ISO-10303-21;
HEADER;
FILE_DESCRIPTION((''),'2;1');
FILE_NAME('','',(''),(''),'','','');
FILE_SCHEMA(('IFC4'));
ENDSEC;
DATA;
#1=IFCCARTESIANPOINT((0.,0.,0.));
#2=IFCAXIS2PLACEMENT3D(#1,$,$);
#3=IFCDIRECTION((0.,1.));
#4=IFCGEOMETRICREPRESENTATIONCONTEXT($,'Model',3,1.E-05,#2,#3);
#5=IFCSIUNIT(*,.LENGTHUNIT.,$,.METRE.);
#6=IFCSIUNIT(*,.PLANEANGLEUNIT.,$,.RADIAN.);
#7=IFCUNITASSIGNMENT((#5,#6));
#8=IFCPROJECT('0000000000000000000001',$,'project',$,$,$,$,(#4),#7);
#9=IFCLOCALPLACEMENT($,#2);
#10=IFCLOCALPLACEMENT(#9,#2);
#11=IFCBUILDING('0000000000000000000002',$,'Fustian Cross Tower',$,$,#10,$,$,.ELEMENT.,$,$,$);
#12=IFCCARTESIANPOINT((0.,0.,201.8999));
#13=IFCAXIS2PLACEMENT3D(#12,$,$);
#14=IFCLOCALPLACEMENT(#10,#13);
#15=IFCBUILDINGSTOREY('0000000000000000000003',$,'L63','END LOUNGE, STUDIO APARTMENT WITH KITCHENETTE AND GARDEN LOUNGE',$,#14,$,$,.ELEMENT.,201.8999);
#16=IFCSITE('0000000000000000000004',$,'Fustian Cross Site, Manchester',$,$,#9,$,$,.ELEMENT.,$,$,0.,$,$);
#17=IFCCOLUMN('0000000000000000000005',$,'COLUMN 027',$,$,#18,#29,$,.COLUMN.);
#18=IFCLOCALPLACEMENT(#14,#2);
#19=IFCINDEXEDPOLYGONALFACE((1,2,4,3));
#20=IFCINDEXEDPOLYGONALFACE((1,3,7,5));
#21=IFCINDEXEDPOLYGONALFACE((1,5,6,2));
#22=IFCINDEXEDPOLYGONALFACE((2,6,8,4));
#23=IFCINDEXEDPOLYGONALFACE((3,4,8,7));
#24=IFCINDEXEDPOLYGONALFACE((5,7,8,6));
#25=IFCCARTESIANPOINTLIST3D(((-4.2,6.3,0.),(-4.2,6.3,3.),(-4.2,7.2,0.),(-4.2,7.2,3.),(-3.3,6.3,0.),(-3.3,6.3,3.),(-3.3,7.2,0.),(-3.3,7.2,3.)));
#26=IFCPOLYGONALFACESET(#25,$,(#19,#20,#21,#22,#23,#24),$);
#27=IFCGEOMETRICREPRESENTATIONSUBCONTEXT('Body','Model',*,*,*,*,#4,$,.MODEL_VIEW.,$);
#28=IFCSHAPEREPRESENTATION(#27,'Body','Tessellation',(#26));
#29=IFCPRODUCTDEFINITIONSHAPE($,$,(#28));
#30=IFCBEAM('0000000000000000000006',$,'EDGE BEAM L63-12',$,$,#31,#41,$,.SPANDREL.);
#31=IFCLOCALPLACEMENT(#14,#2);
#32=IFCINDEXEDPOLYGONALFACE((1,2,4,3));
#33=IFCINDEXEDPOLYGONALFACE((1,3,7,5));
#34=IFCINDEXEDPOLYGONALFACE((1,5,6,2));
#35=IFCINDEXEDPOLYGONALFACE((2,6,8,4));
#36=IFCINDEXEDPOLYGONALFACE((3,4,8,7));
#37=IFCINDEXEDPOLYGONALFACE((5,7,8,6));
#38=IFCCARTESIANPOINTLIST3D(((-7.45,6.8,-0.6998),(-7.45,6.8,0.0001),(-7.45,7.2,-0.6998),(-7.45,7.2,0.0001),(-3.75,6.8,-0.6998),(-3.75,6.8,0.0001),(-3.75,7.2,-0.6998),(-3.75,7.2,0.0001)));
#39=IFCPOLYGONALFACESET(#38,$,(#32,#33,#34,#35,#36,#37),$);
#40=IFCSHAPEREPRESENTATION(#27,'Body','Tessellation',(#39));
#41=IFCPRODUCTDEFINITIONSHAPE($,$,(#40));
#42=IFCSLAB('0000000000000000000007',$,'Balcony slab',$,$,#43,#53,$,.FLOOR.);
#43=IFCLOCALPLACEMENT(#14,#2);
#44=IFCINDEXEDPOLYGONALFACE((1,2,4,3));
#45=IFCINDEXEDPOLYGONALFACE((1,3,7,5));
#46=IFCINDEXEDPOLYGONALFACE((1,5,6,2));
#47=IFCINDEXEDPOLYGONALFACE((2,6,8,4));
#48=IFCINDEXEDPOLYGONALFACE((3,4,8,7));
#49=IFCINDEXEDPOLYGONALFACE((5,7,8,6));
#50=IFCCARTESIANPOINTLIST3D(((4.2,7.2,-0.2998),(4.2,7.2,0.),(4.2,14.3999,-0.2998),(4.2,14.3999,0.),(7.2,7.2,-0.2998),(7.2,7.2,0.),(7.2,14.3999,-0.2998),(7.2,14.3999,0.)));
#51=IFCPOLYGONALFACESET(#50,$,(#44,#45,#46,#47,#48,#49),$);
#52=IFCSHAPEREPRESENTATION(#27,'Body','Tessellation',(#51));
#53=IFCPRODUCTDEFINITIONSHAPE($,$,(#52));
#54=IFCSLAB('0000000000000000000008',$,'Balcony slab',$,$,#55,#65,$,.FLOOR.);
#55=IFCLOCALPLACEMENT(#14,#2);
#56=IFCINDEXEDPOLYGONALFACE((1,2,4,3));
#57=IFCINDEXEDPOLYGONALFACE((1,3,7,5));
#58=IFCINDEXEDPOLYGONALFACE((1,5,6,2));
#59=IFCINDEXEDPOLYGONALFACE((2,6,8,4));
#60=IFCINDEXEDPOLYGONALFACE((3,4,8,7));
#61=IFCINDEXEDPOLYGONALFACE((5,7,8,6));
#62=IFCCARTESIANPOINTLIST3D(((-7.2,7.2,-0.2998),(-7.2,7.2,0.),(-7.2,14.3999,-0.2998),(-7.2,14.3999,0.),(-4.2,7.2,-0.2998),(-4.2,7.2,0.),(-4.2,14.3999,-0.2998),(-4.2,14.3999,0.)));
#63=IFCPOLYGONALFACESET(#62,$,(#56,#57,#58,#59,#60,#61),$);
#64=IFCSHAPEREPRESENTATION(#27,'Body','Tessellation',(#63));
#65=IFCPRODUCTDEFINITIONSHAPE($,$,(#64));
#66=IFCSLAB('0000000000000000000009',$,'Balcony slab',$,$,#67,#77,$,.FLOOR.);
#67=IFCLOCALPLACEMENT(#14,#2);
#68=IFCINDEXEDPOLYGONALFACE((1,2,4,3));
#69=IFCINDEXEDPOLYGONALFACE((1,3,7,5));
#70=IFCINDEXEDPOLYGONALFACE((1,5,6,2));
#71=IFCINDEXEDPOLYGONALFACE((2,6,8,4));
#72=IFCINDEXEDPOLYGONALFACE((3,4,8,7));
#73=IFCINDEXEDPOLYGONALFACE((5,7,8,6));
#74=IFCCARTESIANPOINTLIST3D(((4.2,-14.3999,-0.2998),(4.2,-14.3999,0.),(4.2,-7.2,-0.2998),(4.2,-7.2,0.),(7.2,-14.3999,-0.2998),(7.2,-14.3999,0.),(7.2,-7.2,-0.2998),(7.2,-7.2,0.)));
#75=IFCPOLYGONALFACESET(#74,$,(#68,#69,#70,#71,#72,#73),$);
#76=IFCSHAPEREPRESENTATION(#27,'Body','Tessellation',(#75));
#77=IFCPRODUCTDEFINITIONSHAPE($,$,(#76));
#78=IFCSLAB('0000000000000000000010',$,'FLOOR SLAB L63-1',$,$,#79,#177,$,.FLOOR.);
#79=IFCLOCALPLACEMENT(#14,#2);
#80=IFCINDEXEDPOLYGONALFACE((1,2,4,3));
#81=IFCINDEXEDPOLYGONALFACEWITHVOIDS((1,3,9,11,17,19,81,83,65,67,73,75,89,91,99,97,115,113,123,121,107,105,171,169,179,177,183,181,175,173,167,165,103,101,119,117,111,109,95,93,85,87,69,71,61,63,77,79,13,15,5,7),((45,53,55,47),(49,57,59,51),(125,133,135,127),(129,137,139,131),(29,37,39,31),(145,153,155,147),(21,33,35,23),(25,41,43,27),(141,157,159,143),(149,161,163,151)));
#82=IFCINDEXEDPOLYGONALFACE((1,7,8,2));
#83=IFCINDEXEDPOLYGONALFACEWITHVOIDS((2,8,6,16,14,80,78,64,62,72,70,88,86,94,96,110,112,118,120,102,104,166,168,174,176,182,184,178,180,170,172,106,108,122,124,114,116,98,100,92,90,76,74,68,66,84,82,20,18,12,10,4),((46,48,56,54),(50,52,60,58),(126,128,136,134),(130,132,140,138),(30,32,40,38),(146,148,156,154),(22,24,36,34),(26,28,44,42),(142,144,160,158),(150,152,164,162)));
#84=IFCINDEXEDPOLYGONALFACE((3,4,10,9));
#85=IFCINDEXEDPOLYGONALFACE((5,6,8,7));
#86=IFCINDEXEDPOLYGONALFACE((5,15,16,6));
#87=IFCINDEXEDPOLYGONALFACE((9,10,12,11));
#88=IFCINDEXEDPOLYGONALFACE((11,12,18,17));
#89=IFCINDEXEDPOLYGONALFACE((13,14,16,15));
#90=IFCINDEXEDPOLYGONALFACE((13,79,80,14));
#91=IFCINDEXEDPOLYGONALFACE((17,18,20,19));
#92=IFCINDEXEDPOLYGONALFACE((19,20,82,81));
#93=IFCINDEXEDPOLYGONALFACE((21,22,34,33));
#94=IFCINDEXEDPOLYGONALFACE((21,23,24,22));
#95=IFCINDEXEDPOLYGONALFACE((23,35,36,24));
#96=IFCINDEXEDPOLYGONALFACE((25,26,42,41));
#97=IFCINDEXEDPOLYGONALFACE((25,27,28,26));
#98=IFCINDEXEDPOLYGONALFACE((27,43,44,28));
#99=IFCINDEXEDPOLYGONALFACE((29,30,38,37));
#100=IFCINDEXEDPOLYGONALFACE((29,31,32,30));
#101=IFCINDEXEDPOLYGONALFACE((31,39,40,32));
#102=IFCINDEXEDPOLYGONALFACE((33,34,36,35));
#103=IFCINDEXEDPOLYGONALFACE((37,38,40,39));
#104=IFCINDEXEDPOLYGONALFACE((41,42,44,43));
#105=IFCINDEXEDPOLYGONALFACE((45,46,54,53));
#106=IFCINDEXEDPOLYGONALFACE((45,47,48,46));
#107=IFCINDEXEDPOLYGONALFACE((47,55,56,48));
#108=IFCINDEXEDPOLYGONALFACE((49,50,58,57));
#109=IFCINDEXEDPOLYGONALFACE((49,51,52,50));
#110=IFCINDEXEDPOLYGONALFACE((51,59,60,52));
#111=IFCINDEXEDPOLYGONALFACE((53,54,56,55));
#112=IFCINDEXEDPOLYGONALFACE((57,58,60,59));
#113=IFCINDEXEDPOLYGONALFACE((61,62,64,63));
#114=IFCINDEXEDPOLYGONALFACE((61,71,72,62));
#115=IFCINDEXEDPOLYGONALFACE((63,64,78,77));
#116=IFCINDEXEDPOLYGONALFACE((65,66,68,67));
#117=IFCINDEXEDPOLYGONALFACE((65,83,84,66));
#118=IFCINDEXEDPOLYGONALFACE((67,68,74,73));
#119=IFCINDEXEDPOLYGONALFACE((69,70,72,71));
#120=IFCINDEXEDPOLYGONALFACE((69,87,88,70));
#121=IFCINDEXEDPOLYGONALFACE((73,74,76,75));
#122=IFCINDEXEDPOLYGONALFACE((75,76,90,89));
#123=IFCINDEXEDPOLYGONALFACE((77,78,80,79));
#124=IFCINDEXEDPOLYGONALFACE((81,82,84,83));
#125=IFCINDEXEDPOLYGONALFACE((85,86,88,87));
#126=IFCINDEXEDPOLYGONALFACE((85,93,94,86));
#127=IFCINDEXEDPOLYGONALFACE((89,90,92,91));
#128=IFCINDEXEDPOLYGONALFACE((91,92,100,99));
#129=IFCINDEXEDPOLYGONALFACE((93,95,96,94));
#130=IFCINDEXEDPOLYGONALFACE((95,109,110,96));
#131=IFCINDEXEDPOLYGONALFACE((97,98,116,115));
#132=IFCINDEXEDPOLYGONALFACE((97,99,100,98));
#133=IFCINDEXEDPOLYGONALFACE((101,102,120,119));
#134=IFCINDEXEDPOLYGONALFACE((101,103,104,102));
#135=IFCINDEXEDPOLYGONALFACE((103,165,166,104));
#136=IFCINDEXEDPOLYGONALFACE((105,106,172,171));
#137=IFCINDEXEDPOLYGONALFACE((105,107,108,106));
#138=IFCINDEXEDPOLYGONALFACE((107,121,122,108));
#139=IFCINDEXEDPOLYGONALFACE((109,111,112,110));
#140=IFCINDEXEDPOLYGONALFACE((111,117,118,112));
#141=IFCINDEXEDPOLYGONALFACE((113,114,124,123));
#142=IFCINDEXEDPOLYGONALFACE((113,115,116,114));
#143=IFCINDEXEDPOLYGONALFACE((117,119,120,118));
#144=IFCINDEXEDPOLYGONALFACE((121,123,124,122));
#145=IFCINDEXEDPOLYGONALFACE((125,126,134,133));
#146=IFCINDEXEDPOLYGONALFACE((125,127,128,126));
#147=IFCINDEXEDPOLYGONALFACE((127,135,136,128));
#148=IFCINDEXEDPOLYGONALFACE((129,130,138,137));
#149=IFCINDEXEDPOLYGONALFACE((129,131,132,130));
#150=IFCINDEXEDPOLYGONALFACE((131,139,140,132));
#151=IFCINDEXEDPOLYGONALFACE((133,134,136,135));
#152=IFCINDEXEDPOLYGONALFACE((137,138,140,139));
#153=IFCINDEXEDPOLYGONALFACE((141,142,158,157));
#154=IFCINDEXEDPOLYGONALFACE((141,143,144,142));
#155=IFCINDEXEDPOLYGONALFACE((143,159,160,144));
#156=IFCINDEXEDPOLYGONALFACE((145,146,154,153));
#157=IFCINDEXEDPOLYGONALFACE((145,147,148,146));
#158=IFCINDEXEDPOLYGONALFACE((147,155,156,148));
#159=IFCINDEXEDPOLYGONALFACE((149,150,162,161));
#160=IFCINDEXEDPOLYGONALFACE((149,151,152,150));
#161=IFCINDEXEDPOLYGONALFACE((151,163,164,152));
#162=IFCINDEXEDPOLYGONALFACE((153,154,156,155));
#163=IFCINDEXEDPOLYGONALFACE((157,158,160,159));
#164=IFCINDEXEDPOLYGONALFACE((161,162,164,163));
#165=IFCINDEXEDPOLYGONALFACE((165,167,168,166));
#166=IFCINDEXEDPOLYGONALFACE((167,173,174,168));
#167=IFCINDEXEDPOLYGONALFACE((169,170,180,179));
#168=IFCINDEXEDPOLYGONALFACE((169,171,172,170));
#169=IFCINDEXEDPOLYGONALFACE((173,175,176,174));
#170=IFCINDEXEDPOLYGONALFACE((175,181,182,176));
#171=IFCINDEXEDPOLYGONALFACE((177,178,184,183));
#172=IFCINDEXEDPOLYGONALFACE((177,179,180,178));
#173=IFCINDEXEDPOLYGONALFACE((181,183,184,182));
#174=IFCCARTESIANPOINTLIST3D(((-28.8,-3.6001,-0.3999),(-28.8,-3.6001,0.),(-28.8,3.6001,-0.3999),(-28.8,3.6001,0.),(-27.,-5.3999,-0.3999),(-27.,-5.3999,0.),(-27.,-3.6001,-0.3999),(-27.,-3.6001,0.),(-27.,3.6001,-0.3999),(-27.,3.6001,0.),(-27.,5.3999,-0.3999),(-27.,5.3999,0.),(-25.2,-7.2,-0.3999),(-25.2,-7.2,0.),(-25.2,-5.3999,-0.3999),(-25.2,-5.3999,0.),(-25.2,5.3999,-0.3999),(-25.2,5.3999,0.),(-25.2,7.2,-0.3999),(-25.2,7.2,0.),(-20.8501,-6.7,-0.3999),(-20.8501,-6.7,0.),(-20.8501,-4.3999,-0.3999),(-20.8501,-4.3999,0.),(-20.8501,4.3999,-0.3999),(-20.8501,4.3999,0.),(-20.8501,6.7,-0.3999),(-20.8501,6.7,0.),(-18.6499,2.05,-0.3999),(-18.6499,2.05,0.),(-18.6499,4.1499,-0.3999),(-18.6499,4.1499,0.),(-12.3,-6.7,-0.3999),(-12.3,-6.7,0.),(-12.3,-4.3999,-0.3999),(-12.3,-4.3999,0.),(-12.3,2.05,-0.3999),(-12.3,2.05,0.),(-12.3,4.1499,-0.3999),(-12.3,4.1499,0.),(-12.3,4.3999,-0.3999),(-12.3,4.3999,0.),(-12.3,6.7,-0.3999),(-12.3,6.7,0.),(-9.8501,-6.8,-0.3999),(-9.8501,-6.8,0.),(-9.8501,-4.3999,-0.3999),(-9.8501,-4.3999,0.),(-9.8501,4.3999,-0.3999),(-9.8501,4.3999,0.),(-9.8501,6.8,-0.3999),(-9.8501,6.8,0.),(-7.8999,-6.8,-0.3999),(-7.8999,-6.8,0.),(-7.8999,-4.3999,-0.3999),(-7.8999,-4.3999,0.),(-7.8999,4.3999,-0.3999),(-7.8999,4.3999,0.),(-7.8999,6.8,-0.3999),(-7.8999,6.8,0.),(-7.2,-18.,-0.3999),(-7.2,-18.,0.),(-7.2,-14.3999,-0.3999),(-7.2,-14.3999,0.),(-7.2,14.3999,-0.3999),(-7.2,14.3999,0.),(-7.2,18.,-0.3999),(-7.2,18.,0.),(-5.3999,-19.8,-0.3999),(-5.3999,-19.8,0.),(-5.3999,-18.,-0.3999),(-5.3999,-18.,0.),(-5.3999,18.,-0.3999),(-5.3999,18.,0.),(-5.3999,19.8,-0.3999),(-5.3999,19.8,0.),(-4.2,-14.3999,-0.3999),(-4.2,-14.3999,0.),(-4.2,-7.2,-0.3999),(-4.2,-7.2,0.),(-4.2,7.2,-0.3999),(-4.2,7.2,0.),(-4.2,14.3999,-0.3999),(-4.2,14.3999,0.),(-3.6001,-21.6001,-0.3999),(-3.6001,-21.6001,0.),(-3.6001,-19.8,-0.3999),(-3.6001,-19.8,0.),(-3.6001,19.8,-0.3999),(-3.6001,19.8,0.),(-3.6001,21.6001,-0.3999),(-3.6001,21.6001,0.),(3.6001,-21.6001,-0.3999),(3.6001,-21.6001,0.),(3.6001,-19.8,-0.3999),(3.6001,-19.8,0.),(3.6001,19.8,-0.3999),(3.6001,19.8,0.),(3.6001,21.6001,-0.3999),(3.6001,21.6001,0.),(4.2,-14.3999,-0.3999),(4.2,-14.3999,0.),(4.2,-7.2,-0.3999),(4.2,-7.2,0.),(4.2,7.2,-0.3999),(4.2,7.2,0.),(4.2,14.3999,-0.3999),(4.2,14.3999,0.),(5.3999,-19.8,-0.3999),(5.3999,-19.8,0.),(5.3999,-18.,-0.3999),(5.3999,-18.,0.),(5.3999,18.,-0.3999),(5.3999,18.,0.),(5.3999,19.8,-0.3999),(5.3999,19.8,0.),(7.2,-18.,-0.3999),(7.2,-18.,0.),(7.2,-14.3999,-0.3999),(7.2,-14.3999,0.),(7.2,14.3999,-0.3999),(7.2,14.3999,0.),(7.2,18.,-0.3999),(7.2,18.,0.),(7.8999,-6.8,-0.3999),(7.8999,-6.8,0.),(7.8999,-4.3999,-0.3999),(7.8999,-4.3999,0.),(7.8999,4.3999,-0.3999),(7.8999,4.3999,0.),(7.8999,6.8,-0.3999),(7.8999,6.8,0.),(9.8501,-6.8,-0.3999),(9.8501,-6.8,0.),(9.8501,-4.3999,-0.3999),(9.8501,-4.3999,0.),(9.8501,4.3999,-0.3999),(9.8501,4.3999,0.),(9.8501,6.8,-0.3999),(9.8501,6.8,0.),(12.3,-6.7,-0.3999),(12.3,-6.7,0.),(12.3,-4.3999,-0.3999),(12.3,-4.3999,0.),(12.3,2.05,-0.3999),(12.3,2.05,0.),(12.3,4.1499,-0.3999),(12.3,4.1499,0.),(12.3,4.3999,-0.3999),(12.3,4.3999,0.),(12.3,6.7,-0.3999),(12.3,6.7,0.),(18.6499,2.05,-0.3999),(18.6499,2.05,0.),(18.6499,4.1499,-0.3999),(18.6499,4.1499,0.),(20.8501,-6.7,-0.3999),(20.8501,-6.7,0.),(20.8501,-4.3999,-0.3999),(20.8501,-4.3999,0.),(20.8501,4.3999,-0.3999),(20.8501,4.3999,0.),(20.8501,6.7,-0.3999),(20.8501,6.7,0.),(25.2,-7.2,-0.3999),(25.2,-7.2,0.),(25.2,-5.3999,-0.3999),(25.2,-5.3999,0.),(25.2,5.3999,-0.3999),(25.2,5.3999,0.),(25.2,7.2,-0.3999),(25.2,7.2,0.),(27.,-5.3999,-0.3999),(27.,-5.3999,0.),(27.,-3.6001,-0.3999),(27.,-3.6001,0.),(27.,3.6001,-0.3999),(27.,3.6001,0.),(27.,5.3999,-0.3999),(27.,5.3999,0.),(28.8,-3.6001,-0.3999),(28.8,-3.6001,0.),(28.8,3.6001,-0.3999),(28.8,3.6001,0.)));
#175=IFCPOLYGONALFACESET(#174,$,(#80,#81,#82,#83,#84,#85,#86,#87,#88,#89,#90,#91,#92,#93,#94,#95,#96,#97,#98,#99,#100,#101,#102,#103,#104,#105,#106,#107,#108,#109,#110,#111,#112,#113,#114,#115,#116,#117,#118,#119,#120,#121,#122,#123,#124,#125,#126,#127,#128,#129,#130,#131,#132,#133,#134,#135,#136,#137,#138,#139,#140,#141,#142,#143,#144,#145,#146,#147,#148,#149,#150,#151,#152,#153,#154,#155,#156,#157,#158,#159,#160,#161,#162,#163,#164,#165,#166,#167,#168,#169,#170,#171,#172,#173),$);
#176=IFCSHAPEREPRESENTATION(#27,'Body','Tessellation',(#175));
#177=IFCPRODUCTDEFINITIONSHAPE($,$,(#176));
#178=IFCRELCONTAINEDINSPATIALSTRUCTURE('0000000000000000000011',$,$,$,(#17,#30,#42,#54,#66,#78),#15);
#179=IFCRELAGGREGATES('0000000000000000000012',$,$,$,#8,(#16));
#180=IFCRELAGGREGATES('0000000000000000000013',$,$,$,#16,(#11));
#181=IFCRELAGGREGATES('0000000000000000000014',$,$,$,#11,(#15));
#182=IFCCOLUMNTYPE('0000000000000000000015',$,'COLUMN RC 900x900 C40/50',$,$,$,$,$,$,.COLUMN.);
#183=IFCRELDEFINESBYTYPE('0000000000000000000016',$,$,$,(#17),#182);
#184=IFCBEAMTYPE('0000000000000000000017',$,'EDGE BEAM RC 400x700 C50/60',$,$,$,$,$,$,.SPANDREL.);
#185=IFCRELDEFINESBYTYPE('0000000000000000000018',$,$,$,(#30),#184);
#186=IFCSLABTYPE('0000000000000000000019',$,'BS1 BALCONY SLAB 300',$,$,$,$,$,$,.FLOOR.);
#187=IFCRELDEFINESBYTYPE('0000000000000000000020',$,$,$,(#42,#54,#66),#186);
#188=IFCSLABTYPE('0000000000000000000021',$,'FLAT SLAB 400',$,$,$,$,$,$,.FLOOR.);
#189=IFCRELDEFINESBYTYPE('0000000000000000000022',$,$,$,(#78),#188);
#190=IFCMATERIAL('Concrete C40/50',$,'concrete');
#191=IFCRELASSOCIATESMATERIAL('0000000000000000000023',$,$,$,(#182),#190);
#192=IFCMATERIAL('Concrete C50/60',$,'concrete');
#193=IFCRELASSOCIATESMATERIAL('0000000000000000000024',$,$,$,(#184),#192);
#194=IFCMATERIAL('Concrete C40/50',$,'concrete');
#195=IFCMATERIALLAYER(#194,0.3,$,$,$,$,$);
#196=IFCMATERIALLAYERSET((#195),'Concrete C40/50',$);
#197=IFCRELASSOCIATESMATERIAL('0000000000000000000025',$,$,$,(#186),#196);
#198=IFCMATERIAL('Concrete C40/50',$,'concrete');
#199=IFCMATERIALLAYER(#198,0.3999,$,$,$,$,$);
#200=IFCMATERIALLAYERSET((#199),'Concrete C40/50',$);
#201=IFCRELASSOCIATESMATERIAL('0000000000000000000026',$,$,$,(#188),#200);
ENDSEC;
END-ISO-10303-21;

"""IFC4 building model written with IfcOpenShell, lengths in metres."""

from ifc_helpers import new_model, si_unit, direction, frame, origin, origin_2d, place, context, subcontext, project, spatial, polyline, rectangle, outline, extrude, material, layer, layer_set, material_profile, profile_set, type_object, element, save


model = new_model("IFC4")

# Units and contexts
model_context = context("Model", 3, precision=1e-05, world=origin(), true_north=direction((0.0, 1.0)))
body_context = subcontext(model_context, "Body", "Model", "MODEL_VIEW")
ifc_project = project(units=[si_unit("LENGTHUNIT", "METRE"), si_unit("PLANEANGLEUNIT", "RADIAN")], contexts=[model_context])

# Site, building, storey
site_placement = place(None, origin())
site = spatial("IfcSite", under=ifc_project, at=site_placement, Name="Fustian Cross Site, Manchester", CompositionType="ELEMENT", RefElevation=0.0)
building_placement = place(site_placement, origin())
building = spatial("IfcBuilding", under=site, at=building_placement, Name="Fustian Cross Tower", CompositionType="ELEMENT")
storey_placement = place(building_placement, frame((0.0, 0.0, 201.8999)))
storey = spatial("IfcBuildingStorey", under=building, at=storey_placement, Name="L63", Description="END LOUNGE, STUDIO APARTMENT WITH KITCHENETTE AND GARDEN LOUNGE", CompositionType="ELEMENT", Elevation=201.8999)

# Column
ifc_material_1 = material(Name="Concrete C40/50", Category="concrete")
ifc_material_profile_1 = material_profile(ifc_material_1, rectangle(XDim=0.8999, YDim=0.8999, at=origin_2d()), Name="RC 900x900")
ifc_profile_set_1 = profile_set([ifc_material_profile_1], Name="Concrete C40/50")
column_type = type_object("IfcColumnType", Name="COLUMN RC 900x900 C40/50", PredefinedType="COLUMN", material=ifc_profile_set_1)
column_placement = place(storey_placement, frame((-3.75, 6.75, 0.0), z_axis=(0.0, 0.0, 1.0), x_axis=(1.0, 0.0, 0.0)))
element("IfcColumn", 1, at=column_placement, inside=storey, type_object=column_type, Name="COLUMN 027", PredefinedType="COLUMN", context=body_context, shape_type="SweptSolid", body=[
    extrude(rectangle(XDim=0.8999, YDim=0.8999, at=origin_2d()), origin(), (0.0, 0.0, 1.0), 3.0),
])

# Beam
ifc_material_2 = material(Name="Concrete C50/60", Category="concrete")
ifc_material_profile_2 = material_profile(ifc_material_2, rectangle(XDim=0.3999, YDim=0.7, at=origin_2d()), Name="RC 400x700")
ifc_profile_set_2 = profile_set([ifc_material_profile_2], Name="Concrete C50/60")
beam_type = type_object("IfcBeamType", Name="EDGE BEAM RC 400x700 C50/60", PredefinedType="SPANDREL", material=ifc_profile_set_2)
beam_placement = place(storey_placement, frame((-3.75, 7.0, -0.3499), z_axis=(-1.0, 0.0, 0.0), x_axis=(0.0, -1.0, 0.0)))
element("IfcBeam", 2, at=beam_placement, inside=storey, type_object=beam_type, Name="EDGE BEAM L63-12", PredefinedType="SPANDREL", context=body_context, shape_type="SweptSolid", body=[
    extrude(rectangle(XDim=0.3999, YDim=0.7, at=origin_2d()), origin(), (0.0, 0.0, 1.0), 3.7),
])

# Slabs
ifc_material_3 = material(Name="Concrete C40/50", Category="concrete")
ifc_layer_1 = layer(ifc_material_3, 0.3)
ifc_layer_set_1 = layer_set([ifc_layer_1], Name="Concrete C40/50")
slab_type_1 = type_object("IfcSlabType", Name="BS1 BALCONY SLAB 300", PredefinedType="FLOOR", material=ifc_layer_set_1)
slab_1_placement = place(storey_placement, frame((0.0, 0.0, -0.2998)))
element("IfcSlab", 3, at=slab_1_placement, inside=storey, type_object=slab_type_1, Name="Balcony slab", PredefinedType="FLOOR", context=body_context, shape_type="SweptSolid", body=[
    extrude(outline(polyline([(4.2, 7.2), (7.2, 7.2), (7.2, 14.3999), (4.2, 14.3999), (4.2, 7.2)])), origin(), (0.0, 0.0, 1.0), 0.2998),
])
slab_2_placement = place(storey_placement, frame((0.0, 0.0, -0.2998)))
element("IfcSlab", 4, at=slab_2_placement, inside=storey, type_object=slab_type_1, Name="Balcony slab", PredefinedType="FLOOR", context=body_context, shape_type="SweptSolid", body=[
    extrude(outline(polyline([(-7.2, 7.2), (-4.2, 7.2), (-4.2, 14.3999), (-7.2, 14.3999), (-7.2, 7.2)])), origin(), (0.0, 0.0, 1.0), 0.2998),
])
slab_3_placement = place(storey_placement, frame((0.0, 0.0, -0.2998)))
element("IfcSlab", 5, at=slab_3_placement, inside=storey, type_object=slab_type_1, Name="Balcony slab", PredefinedType="FLOOR", context=body_context, shape_type="SweptSolid", body=[
    extrude(outline(polyline([(4.2, -14.3999), (7.2, -14.3999), (7.2, -7.2), (4.2, -7.2), (4.2, -14.3999)])), origin(), (0.0, 0.0, 1.0), 0.2998),
])
ifc_material_4 = material(Name="Concrete C40/50", Category="concrete")
ifc_layer_2 = layer(ifc_material_4, 0.3999)
ifc_layer_set_2 = layer_set([ifc_layer_2], Name="Concrete C40/50")
slab_type_2 = type_object("IfcSlabType", Name="FLAT SLAB 400", PredefinedType="FLOOR", material=ifc_layer_set_2)
slab_4_placement = place(storey_placement, frame((0.0, 0.0, -0.3999)))
element("IfcSlab", 6, at=slab_4_placement, inside=storey, type_object=slab_type_2, Name="FLOOR SLAB L63-1", PredefinedType="FLOOR", context=body_context, shape_type="SweptSolid", body=[
    extrude(outline(polyline([(-3.6001, -19.8), (-5.3999, -19.8), (-5.3999, -18.0), (-7.2, -18.0), (-7.2, -14.3999), (-4.2, -14.3999), (-4.2, -7.2), (-25.2, -7.2), (-25.2, -5.3999), (-27.0, -5.3999), (-27.0, -3.6001), (-28.8, -3.6001), (-28.8, 3.6001), (-27.0, 3.6001), (-27.0, 5.3999), (-25.2, 5.3999), (-25.2, 7.2), (-4.2, 7.2), (-4.2, 14.3999), (-7.2, 14.3999), (-7.2, 18.0), (-5.3999, 18.0), (-5.3999, 19.8), (-3.6001, 19.8), (-3.6001, 21.6001), (3.6001, 21.6001), (3.6001, 19.8), (5.3999, 19.8), (5.3999, 18.0), (7.2, 18.0), (7.2, 14.3999), (4.2, 14.3999), (4.2, 7.2), (25.2, 7.2), (25.2, 5.3999), (27.0, 5.3999), (27.0, 3.6001), (28.8, 3.6001), (28.8, -3.6001), (27.0, -3.6001), (27.0, -5.3999), (25.2, -5.3999), (25.2, -7.2), (4.2, -7.2), (4.2, -14.3999), (7.2, -14.3999), (7.2, -18.0), (5.3999, -18.0), (5.3999, -19.8), (3.6001, -19.8), (3.6001, -21.6001), (-3.6001, -21.6001), (-3.6001, -19.8)]), holes=[polyline([(7.8999, 6.8), (7.8999, 4.3999), (9.8501, 4.3999), (9.8501, 6.8), (7.8999, 6.8)]), polyline([(9.8501, -4.3999), (7.8999, -4.3999), (7.8999, -6.8), (9.8501, -6.8), (9.8501, -4.3999)]), polyline([(-7.8999, 4.3999), (-7.8999, 6.8), (-9.8501, 6.8), (-9.8501, 4.3999), (-7.8999, 4.3999)]), polyline([(-9.8501, -6.8), (-7.8999, -6.8), (-7.8999, -4.3999), (-9.8501, -4.3999), (-9.8501, -6.8)]), polyline([(12.3, 4.1499), (12.3, 2.05), (18.6499, 2.05), (18.6499, 4.1499), (12.3, 4.1499)]), polyline([(-12.3, 4.1499), (-18.6499, 4.1499), (-18.6499, 2.05), (-12.3, 2.05), (-12.3, 4.1499)]), polyline([(20.8501, 4.3999), (20.8501, 6.7), (12.3, 6.7), (12.3, 4.3999), (20.8501, 4.3999)]), polyline([(12.3, -6.7), (20.8501, -6.7), (20.8501, -4.3999), (12.3, -4.3999), (12.3, -6.7)]), polyline([(-20.8501, 6.7), (-20.8501, 4.3999), (-12.3, 4.3999), (-12.3, 6.7), (-20.8501, 6.7)]), polyline([(-12.3, -4.3999), (-20.8501, -4.3999), (-20.8501, -6.7), (-12.3, -6.7), (-12.3, -4.3999)])]), origin(), (0.0, 0.0, 1.0), 0.3999),
])

save(model, "model.ifc")
